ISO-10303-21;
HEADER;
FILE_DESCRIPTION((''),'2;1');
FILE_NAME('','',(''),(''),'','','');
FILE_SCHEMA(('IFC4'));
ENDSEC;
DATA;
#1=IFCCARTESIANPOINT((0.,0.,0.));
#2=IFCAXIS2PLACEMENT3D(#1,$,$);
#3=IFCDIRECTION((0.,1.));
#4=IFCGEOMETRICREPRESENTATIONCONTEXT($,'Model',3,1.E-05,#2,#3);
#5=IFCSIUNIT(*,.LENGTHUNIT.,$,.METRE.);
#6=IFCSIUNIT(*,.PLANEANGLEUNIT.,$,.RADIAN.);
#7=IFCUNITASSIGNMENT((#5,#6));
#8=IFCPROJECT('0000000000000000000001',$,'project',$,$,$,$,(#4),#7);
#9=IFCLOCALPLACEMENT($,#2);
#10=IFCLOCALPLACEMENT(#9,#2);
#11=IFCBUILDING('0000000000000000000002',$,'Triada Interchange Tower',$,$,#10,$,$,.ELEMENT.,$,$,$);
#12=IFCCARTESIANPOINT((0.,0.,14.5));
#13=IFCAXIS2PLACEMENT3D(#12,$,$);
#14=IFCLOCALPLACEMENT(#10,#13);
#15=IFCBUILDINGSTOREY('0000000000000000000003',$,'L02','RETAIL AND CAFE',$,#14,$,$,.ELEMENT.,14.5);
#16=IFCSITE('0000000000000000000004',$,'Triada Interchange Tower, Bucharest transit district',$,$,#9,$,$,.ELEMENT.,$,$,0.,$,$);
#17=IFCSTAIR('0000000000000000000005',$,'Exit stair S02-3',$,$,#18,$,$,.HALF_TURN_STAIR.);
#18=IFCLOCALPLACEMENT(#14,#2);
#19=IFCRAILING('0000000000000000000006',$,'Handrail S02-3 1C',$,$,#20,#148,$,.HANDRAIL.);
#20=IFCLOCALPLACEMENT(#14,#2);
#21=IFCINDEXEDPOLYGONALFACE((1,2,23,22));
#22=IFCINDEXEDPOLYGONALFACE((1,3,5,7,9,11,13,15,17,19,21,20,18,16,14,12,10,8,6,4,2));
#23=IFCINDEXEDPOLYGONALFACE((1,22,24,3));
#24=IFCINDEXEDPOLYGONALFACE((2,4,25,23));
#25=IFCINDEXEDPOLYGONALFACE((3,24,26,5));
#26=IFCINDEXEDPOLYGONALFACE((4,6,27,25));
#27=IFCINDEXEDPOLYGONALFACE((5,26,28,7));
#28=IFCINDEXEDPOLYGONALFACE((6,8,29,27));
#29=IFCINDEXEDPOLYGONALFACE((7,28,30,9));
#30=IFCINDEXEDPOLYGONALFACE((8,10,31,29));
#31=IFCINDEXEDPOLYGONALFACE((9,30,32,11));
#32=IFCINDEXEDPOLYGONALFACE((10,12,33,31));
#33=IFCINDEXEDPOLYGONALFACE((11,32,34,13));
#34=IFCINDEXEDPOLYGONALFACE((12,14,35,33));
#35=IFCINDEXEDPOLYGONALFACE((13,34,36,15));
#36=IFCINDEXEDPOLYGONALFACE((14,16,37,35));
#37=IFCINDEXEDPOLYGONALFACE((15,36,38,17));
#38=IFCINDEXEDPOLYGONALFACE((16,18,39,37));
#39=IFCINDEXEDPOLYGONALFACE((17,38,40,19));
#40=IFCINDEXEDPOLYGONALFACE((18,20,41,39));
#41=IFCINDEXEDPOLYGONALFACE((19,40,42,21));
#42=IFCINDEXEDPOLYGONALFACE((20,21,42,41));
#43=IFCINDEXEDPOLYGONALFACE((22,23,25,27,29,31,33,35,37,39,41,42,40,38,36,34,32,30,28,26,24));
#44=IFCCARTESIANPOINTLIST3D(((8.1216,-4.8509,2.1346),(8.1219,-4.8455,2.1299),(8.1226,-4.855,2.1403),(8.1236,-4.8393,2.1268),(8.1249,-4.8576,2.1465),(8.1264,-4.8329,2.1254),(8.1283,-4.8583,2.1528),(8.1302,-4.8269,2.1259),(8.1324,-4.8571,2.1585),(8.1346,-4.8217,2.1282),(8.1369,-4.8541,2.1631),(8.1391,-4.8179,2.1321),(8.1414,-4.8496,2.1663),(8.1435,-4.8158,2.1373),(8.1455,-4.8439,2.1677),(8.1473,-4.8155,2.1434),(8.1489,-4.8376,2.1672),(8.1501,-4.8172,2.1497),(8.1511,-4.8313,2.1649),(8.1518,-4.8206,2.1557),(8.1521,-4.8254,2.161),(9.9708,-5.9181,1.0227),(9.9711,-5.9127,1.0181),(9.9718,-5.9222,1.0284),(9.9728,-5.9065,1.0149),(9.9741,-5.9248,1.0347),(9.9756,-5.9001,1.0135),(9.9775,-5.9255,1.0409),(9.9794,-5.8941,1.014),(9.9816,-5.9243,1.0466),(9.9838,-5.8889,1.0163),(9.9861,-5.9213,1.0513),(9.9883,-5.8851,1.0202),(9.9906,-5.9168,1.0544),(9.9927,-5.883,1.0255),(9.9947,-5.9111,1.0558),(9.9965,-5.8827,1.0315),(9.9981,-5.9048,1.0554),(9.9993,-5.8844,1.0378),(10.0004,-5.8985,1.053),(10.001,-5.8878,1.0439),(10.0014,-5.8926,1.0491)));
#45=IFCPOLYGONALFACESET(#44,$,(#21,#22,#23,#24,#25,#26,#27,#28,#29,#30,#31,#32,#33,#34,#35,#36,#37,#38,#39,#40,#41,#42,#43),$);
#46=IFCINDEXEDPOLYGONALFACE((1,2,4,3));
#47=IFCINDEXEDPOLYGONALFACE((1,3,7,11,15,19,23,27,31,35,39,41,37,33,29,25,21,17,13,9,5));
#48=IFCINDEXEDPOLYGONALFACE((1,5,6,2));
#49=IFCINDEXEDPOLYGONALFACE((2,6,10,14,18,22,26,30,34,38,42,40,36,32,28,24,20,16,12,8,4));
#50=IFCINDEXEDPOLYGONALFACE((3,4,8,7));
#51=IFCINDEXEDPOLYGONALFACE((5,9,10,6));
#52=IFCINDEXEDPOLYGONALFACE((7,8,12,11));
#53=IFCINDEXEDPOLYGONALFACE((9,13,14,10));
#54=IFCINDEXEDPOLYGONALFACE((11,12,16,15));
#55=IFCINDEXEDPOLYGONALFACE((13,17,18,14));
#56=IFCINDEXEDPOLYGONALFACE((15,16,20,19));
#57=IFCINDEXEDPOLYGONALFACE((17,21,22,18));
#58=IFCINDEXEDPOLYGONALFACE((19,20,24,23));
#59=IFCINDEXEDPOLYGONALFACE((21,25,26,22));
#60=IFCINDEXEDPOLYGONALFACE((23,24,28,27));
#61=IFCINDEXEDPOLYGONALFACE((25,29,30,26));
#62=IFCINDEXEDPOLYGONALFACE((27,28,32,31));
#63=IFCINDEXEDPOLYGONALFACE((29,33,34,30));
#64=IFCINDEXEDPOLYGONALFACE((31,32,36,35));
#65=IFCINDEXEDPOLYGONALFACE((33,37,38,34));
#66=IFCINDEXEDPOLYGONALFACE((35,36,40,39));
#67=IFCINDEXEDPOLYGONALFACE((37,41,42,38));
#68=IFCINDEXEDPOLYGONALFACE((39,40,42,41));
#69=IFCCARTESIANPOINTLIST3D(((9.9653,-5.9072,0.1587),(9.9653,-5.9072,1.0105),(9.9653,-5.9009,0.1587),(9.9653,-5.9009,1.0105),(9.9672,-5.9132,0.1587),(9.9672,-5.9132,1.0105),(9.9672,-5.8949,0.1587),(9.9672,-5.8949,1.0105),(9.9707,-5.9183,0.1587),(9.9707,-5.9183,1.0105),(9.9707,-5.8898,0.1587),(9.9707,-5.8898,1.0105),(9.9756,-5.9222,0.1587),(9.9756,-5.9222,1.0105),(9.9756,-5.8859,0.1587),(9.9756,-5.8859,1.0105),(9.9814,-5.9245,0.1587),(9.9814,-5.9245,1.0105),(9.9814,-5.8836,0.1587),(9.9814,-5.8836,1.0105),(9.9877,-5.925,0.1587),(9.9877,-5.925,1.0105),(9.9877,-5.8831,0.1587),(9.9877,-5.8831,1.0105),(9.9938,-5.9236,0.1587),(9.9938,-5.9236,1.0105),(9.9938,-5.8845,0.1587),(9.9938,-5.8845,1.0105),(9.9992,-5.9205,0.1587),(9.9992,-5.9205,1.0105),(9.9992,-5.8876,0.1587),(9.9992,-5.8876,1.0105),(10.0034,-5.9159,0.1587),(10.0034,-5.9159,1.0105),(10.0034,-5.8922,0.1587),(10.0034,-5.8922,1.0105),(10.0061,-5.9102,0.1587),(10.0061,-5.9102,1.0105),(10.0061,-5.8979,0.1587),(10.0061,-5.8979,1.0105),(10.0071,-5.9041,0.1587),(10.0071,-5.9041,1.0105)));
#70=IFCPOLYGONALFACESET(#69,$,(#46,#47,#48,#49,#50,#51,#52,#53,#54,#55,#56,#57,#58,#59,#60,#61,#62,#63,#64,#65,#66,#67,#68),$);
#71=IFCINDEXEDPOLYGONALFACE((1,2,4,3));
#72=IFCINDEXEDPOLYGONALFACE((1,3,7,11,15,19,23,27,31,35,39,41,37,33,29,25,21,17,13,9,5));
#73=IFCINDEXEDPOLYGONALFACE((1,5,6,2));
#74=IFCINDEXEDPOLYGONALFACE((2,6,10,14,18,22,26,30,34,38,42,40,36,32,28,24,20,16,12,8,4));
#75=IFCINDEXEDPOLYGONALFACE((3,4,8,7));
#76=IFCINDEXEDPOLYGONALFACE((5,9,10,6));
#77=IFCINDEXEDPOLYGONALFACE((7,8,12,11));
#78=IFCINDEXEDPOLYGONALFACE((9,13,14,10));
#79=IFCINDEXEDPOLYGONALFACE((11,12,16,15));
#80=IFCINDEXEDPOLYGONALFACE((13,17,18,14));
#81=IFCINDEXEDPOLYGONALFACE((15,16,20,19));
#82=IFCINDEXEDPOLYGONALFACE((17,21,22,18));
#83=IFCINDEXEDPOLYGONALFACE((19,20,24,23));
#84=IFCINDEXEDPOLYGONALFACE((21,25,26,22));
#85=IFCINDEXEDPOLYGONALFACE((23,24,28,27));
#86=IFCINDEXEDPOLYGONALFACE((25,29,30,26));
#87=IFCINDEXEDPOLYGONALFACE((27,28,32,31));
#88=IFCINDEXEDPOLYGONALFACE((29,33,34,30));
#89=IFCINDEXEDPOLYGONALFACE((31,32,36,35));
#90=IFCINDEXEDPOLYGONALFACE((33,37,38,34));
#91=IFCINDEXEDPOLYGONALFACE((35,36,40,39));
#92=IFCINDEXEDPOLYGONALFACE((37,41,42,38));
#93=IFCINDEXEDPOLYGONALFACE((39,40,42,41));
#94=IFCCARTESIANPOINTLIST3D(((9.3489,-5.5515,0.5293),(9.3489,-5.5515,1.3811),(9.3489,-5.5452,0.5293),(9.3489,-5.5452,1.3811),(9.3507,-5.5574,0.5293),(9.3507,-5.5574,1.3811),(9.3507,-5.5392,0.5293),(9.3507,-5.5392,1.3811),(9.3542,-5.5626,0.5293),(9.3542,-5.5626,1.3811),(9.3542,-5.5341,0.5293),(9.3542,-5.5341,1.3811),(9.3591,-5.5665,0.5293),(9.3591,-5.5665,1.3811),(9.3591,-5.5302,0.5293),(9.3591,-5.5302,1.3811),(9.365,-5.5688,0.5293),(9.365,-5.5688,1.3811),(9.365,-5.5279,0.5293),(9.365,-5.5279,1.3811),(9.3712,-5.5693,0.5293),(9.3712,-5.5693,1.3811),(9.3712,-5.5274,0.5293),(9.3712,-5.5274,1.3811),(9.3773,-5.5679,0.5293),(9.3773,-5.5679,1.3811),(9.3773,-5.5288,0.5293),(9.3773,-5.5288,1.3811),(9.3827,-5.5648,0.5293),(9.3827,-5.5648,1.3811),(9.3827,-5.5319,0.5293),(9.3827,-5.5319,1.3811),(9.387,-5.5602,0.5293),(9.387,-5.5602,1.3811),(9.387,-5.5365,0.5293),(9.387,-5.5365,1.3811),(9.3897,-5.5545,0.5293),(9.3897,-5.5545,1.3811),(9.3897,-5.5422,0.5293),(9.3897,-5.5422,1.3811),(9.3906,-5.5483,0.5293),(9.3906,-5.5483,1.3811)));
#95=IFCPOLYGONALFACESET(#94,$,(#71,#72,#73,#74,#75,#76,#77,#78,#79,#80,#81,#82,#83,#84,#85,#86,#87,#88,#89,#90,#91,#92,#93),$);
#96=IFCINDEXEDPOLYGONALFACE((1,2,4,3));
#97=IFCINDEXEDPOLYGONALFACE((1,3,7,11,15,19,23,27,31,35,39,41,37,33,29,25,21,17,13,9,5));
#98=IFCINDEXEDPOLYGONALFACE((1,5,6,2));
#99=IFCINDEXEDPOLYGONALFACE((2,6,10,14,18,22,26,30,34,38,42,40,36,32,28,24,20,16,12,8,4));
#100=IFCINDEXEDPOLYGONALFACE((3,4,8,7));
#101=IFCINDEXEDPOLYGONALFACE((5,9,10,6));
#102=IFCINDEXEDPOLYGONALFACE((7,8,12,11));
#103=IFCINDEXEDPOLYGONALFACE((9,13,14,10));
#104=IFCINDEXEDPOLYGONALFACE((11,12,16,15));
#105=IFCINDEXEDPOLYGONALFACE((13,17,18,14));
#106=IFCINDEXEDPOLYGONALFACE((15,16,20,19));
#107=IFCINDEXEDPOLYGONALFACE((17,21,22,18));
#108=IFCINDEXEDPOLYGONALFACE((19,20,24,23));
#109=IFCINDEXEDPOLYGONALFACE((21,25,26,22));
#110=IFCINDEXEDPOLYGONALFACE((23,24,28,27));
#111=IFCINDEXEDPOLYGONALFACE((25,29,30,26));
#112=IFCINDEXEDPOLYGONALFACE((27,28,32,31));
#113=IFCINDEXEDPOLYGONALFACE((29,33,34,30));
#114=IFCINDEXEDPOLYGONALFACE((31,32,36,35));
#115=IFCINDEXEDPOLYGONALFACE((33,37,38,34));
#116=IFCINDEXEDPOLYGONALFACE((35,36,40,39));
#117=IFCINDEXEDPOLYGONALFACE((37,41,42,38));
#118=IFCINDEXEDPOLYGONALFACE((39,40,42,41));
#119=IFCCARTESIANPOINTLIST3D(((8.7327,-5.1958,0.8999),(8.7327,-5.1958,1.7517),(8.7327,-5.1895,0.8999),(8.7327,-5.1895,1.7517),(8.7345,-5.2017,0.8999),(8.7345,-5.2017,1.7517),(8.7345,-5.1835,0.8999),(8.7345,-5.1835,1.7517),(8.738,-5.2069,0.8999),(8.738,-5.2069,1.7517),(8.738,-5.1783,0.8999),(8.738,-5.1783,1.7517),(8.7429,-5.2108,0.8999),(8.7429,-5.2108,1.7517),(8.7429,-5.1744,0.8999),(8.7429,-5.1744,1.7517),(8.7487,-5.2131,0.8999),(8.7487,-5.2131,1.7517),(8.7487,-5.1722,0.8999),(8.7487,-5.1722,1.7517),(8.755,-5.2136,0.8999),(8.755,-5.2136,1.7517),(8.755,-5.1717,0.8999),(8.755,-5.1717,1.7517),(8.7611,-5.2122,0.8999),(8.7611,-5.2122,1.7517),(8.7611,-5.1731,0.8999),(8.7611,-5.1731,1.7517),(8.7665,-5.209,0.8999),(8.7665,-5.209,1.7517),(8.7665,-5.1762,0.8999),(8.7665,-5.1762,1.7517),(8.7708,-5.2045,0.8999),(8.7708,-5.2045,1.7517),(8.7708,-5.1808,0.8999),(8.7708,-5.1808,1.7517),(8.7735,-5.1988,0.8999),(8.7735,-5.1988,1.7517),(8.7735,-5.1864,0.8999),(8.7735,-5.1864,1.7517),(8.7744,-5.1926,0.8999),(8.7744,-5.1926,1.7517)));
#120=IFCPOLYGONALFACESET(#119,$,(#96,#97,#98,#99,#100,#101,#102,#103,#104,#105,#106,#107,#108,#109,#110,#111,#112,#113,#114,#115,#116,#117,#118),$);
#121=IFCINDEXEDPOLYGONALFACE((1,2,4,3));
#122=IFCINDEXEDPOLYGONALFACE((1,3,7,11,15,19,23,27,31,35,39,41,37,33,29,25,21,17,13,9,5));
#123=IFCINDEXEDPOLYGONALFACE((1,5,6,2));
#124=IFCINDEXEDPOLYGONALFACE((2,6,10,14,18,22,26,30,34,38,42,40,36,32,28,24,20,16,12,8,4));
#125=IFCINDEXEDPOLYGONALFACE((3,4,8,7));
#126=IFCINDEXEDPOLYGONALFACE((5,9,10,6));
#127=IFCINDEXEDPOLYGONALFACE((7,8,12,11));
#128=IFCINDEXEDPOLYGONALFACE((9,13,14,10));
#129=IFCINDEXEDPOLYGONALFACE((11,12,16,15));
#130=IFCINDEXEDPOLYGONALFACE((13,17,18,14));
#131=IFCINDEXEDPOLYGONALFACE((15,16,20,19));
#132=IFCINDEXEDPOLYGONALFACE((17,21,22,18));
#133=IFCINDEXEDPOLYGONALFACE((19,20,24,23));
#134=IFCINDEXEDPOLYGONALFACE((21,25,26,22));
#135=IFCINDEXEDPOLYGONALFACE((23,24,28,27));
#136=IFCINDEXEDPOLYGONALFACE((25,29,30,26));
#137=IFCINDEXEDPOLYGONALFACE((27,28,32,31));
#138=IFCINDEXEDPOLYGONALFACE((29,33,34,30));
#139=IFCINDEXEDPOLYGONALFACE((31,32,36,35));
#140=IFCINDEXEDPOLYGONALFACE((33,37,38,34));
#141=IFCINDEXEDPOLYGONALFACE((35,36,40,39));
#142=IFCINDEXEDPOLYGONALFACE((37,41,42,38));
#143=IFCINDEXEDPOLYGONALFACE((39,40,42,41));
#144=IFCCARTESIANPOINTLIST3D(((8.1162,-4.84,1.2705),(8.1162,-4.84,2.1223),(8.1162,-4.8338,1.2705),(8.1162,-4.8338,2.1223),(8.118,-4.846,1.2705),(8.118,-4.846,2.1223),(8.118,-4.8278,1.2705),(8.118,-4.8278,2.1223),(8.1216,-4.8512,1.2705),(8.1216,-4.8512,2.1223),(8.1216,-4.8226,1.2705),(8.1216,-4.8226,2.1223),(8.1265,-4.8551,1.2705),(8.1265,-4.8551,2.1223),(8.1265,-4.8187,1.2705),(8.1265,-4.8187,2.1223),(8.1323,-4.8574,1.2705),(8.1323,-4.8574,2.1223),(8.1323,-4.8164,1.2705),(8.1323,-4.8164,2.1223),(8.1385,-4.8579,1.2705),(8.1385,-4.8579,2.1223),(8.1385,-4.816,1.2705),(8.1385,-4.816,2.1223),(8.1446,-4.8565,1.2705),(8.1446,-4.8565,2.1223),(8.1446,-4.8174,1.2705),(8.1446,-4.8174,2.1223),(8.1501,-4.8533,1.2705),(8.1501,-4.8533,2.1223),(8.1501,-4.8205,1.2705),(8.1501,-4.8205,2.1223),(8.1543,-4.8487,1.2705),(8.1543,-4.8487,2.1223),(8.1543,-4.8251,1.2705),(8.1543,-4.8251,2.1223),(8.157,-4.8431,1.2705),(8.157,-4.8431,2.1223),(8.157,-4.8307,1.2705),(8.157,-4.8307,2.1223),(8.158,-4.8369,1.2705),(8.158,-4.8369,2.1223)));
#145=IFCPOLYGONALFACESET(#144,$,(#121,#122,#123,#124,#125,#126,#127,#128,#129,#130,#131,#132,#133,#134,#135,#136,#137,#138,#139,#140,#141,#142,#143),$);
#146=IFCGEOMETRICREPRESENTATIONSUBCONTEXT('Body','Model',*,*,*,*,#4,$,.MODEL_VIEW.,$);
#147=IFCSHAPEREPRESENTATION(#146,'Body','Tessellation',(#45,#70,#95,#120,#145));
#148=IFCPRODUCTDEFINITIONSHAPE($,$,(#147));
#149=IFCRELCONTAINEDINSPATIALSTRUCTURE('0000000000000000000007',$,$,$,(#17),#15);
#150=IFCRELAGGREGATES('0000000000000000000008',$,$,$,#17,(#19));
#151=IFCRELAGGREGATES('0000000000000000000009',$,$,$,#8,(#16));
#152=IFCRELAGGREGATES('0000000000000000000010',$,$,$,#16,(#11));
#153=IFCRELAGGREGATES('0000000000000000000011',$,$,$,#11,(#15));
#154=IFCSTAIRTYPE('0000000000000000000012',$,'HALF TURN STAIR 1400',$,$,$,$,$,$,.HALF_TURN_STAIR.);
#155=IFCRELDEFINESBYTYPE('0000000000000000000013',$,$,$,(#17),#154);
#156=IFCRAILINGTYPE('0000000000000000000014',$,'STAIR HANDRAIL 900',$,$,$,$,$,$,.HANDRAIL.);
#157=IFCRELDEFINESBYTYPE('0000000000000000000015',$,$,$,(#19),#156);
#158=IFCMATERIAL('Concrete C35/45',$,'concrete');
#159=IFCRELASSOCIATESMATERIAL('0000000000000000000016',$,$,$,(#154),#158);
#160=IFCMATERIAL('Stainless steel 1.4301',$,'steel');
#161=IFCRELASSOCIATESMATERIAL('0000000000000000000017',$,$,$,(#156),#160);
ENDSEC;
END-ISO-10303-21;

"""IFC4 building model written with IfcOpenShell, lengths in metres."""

from ifc_helpers import new_model, si_unit, direction, frame, origin, origin_2d, place, context, subcontext, project, spatial, circle, extrude, material, type_object, element, aggregate, save


model = new_model("IFC4")

# Units and contexts
model_context = context("Model", 3, precision=1e-05, world=origin(), true_north=direction((0.0, 1.0)))
body_context = subcontext(model_context, "Body", "Model", "MODEL_VIEW")
ifc_project = project(units=[si_unit("LENGTHUNIT", "METRE"), si_unit("PLANEANGLEUNIT", "RADIAN")], contexts=[model_context])

# Site, building, storey
site_placement = place(None, origin())
site = spatial("IfcSite", under=ifc_project, at=site_placement, Name="Triada Interchange Tower, Bucharest transit district", CompositionType="ELEMENT", RefElevation=0.0)
building_placement = place(site_placement, origin())
building = spatial("IfcBuilding", under=site, at=building_placement, Name="Triada Interchange Tower", CompositionType="ELEMENT")
storey_placement = place(building_placement, frame((0.0, 0.0, 14.5)))
storey = spatial("IfcBuildingStorey", under=building, at=storey_placement, Name="L02", Description="RETAIL AND CAFE", CompositionType="ELEMENT", Elevation=14.5)

# Shared definitions
ifc_material_1 = material(Name="Concrete C35/45", Category="concrete")

# Stair, railing
stair_type = type_object("IfcStairType", Name="HALF TURN STAIR 1400", PredefinedType="HALF_TURN_STAIR", material=ifc_material_1)
stair_placement = place(storey_placement, origin())
stair = element("IfcStair", 1, at=stair_placement, inside=storey, type_object=stair_type, Name="Exit stair S02-3", PredefinedType="HALF_TURN_STAIR")
ifc_material_2 = material(Name="Stainless steel 1.4301", Category="steel")
railing_type = type_object("IfcRailingType", Name="STAIR HANDRAIL 900", PredefinedType="HANDRAIL", material=ifc_material_2)
railing_1_placement = place(storey_placement, frame((9.9861, -5.9041, 0.1587)))
railing_1 = element("IfcRailing", 2, at=railing_1_placement, type_object=railing_type, Name="Handrail S02-3 1C", PredefinedType="HANDRAIL", context=body_context, shape_type="SweptSolid", body=[
    extrude(circle(Radius=0.0239, at=origin_2d()), frame((0.0, 0.0, 0.876), z_axis=(-0.768192, 0.443328, 0.461889), x_axis=(-0.499841, -0.866117, 0.0)), (0.0, 0.0, 1.0), 2.4072),
    extrude(circle(Radius=0.021, at=origin_2d()), origin(), (0.0, 0.0, 1.0), 0.8518),
    extrude(circle(Radius=0.021, at=origin_2d()), frame((-0.6165, 0.3557, 0.3706)), (0.0, 0.0, 1.0), 0.8518),
    extrude(circle(Radius=0.021, at=origin_2d()), frame((-1.2327, 0.7114, 0.7412)), (0.0, 0.0, 1.0), 0.8518),
    extrude(circle(Radius=0.021, at=origin_2d()), frame((-1.8491, 1.0671, 1.1118)), (0.0, 0.0, 1.0), 0.8518),
])
aggregate(stair, [railing_1])

save(model, "model.ifc")
